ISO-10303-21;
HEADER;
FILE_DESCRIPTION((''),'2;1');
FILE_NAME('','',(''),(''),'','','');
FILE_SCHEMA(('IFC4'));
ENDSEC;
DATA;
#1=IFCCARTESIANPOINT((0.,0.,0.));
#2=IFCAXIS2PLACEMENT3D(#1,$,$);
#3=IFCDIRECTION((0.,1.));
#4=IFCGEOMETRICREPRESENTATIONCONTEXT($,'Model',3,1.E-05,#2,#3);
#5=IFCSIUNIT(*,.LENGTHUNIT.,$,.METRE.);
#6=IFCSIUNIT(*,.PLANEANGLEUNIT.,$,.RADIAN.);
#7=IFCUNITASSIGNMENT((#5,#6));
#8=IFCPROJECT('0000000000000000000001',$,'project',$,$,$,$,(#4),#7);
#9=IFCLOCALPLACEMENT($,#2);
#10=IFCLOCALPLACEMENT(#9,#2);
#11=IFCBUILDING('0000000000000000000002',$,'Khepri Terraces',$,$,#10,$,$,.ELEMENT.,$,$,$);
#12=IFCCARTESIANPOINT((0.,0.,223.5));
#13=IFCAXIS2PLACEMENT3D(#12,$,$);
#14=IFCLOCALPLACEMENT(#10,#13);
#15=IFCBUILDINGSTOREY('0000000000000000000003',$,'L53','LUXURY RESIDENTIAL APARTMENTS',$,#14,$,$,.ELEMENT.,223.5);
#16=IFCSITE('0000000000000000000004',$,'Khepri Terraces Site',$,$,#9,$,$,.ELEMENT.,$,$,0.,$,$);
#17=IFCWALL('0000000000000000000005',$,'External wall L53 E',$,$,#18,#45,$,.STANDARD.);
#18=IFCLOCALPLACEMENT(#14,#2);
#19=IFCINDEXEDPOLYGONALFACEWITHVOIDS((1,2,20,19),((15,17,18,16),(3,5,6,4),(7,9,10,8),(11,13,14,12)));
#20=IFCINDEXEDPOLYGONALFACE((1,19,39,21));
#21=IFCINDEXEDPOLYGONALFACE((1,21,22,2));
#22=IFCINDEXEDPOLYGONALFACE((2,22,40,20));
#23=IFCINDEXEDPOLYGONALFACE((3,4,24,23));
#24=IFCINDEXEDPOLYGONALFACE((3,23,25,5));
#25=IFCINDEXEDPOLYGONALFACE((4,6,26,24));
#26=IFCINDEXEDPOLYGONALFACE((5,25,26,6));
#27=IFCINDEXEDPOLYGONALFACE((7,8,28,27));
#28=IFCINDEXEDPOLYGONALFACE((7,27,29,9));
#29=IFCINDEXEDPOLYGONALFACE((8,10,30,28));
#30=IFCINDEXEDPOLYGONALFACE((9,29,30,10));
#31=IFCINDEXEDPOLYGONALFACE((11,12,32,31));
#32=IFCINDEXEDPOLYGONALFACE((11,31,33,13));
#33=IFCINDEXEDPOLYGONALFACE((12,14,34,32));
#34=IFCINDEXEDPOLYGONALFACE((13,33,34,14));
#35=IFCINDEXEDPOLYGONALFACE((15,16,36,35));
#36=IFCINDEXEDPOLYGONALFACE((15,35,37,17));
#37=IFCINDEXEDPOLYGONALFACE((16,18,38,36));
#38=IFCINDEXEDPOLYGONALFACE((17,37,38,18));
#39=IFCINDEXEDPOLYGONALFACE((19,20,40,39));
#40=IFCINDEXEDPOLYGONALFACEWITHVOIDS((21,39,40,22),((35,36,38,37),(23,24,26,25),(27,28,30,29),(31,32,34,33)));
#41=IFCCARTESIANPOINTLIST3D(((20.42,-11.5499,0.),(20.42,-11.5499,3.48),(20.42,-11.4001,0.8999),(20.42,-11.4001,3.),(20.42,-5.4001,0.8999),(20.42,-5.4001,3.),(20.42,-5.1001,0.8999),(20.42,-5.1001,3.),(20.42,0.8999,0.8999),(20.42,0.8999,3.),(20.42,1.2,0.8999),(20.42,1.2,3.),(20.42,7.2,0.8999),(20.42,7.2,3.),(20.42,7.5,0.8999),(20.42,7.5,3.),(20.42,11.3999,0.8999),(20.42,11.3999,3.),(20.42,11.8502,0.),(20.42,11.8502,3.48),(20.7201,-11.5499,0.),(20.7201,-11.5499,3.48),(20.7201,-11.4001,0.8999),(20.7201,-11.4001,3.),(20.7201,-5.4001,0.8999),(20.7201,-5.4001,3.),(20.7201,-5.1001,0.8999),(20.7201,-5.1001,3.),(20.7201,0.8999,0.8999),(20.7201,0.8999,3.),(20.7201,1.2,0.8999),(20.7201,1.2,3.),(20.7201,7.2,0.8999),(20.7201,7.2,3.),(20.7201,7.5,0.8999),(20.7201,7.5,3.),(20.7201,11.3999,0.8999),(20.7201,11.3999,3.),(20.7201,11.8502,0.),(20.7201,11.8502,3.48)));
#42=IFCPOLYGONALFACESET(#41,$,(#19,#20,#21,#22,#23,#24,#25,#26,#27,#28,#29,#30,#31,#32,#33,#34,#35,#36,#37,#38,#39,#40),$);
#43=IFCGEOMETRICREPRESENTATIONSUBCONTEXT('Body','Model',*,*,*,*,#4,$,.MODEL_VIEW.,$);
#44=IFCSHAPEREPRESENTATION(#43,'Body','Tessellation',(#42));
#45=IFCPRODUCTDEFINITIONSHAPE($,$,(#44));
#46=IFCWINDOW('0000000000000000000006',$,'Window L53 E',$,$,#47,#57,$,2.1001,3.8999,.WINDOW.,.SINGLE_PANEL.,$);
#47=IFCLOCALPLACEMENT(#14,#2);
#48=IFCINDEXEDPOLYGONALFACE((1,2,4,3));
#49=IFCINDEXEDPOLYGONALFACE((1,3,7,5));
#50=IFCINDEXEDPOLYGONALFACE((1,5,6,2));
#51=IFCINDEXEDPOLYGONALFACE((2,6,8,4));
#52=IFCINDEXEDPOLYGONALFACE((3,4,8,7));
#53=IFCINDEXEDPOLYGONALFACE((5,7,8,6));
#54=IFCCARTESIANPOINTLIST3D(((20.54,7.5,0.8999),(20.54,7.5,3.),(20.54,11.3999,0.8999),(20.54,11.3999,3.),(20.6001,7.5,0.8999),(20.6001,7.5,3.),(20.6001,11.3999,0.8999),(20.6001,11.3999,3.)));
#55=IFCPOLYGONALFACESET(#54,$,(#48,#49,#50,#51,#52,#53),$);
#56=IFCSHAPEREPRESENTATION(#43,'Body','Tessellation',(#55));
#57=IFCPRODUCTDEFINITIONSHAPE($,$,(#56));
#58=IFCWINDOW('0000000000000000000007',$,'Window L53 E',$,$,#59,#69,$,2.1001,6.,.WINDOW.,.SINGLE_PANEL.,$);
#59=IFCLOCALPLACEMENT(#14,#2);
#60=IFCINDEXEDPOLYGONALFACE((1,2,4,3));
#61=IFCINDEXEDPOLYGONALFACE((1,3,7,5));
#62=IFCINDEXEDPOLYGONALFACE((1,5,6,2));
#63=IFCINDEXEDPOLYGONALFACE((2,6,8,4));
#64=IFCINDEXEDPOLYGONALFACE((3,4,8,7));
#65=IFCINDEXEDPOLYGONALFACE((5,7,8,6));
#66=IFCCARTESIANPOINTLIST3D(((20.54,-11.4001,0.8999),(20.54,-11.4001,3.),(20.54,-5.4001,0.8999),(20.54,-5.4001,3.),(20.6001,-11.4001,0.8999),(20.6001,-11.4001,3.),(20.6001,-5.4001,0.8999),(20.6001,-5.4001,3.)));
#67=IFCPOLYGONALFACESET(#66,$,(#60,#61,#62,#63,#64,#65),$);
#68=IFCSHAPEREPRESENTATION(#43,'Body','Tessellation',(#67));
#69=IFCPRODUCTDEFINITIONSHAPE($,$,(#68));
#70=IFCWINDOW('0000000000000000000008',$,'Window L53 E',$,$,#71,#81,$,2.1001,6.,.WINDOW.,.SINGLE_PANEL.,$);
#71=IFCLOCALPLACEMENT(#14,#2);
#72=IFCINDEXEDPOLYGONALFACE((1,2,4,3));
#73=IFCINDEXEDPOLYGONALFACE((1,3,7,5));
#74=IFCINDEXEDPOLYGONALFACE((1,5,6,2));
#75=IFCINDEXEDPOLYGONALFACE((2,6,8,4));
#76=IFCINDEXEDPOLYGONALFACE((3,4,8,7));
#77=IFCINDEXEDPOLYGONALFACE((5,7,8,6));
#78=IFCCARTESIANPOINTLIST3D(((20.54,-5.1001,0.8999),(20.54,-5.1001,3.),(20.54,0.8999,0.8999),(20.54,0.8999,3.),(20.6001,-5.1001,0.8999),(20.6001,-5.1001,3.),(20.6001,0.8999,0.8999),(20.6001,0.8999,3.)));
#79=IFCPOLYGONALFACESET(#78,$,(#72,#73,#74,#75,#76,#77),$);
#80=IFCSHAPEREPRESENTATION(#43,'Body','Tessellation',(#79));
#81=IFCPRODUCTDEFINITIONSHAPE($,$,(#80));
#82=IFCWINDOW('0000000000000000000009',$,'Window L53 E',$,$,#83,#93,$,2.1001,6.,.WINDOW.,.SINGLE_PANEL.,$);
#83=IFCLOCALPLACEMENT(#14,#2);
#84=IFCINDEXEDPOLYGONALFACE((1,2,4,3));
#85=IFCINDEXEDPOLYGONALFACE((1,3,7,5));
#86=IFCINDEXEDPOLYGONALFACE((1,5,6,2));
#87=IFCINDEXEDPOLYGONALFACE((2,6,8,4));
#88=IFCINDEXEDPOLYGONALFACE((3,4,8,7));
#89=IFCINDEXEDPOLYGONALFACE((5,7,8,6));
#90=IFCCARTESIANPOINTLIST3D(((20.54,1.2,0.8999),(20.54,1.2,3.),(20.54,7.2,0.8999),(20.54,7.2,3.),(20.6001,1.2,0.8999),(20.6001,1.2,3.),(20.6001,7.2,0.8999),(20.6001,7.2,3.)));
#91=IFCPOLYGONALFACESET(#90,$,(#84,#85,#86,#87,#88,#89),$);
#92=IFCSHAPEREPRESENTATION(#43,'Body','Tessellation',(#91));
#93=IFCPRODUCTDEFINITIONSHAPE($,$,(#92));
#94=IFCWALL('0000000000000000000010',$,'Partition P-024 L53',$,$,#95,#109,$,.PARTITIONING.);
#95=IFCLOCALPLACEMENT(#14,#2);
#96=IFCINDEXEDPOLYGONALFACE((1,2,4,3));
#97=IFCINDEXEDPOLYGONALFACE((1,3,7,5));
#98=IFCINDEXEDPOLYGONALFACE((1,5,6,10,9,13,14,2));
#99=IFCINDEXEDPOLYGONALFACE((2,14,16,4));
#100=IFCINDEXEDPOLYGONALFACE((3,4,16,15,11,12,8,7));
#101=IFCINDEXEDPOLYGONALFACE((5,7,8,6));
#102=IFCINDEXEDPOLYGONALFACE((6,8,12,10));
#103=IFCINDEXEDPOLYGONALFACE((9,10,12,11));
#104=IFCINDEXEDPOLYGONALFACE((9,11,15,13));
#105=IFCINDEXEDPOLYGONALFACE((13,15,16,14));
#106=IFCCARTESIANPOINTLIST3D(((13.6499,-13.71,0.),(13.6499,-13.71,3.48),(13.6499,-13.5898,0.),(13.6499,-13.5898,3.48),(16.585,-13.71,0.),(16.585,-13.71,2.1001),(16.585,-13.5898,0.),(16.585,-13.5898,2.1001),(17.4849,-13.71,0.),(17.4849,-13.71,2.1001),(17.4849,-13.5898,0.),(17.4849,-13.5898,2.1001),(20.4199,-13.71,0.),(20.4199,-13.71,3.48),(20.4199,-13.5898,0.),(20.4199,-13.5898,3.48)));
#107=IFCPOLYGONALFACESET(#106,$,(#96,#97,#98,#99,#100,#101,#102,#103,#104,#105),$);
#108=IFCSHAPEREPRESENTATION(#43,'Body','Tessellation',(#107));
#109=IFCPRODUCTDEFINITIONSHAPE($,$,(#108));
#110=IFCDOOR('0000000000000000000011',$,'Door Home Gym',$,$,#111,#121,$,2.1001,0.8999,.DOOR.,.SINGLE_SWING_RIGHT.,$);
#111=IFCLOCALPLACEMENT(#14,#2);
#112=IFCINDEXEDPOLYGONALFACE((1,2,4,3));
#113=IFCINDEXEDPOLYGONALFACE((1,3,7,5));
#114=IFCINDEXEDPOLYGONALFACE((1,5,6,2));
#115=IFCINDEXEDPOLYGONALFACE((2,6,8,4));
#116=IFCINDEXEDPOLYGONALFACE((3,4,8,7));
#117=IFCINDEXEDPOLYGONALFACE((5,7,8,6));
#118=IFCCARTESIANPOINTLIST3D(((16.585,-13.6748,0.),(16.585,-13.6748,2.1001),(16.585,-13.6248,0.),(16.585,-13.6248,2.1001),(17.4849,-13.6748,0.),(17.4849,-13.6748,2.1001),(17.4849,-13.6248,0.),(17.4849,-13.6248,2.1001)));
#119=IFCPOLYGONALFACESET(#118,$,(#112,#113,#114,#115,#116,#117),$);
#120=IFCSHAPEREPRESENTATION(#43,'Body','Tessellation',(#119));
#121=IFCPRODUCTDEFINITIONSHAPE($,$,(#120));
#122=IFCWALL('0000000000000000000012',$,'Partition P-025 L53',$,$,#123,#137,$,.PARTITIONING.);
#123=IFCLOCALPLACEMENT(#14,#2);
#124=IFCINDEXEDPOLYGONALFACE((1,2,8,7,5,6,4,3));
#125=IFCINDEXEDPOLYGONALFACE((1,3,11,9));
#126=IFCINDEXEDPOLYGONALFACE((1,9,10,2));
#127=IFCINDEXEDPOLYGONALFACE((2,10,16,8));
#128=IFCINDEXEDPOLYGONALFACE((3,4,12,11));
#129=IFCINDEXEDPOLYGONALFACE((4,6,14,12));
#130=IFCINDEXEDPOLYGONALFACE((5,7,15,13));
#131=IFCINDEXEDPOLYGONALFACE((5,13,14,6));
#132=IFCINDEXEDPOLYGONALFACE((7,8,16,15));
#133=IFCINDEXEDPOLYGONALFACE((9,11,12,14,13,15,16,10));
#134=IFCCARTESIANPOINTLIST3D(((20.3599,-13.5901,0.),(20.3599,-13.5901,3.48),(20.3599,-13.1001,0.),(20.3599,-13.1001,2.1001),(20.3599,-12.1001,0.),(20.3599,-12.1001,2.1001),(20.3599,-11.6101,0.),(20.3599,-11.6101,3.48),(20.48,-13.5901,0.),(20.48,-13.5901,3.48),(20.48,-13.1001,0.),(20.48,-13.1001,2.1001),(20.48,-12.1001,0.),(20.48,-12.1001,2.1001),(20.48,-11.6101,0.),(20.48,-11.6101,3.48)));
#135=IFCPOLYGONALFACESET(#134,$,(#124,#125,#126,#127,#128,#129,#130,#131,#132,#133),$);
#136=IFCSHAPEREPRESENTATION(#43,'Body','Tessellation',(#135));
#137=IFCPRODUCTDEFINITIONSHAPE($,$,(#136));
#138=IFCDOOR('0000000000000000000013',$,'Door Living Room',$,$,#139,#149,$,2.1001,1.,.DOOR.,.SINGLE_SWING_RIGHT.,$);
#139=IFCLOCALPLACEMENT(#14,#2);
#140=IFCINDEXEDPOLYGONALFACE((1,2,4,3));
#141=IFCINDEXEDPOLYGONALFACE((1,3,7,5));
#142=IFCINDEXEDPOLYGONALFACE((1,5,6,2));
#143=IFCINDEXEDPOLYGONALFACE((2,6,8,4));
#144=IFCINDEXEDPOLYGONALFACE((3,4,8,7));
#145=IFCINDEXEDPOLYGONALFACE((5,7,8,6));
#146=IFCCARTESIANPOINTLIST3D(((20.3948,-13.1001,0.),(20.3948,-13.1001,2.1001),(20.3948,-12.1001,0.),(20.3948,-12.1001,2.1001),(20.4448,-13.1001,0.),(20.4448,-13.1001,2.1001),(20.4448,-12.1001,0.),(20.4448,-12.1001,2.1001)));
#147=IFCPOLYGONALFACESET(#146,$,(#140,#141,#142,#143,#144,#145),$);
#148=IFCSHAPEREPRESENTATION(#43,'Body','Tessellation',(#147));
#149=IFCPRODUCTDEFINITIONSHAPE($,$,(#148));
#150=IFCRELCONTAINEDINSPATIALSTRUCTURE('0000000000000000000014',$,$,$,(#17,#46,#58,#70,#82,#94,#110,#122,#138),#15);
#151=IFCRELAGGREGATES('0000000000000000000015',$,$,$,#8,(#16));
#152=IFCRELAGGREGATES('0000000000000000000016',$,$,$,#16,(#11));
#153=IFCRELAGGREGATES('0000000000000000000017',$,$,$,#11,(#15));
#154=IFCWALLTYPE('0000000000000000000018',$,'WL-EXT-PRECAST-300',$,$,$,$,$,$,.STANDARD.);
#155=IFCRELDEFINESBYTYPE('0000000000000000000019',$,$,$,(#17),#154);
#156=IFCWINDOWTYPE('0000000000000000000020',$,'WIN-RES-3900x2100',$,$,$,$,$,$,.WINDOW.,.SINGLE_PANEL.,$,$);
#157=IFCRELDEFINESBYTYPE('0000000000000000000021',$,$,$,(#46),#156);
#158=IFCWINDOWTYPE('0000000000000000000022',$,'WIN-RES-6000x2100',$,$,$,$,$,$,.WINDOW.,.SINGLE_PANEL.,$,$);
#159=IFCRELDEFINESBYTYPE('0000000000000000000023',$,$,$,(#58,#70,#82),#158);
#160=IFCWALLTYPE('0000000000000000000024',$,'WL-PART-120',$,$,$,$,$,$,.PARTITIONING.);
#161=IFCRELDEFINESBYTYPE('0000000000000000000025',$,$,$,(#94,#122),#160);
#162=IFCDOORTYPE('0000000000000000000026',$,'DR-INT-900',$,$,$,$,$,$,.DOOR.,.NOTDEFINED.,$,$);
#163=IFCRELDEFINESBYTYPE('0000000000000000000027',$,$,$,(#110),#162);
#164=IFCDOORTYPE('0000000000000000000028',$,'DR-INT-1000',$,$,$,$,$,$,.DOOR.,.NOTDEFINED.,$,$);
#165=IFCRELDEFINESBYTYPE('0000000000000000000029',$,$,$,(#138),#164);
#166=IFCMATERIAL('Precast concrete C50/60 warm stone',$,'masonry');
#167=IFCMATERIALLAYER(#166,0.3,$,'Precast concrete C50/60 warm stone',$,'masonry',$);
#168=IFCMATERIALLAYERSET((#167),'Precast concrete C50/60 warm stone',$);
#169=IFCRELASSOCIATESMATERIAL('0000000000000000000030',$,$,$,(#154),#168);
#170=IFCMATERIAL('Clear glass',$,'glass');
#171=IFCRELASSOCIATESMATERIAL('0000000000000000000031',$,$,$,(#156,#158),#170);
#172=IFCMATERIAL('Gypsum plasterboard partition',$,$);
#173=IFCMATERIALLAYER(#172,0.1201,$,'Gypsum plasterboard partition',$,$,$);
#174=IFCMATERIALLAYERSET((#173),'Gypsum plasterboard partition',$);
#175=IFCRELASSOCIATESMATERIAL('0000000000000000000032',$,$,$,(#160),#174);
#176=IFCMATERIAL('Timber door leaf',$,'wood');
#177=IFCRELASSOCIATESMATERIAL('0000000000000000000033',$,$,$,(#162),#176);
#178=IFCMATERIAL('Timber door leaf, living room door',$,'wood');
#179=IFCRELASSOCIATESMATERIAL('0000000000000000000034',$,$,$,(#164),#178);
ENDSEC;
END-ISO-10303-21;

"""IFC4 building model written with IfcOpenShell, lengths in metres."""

from ifc_helpers import new_model, si_unit, direction, frame, frame_2d, origin, place, context, subcontext, project, spatial, rectangle, extrude, material, layer, layer_set, type_object, element, fill, save


model = new_model("IFC4")

# Units and contexts
model_context = context("Model", 3, precision=1e-05, world=origin(), true_north=direction((0.0, 1.0)))
body_context = subcontext(model_context, "Body", "Model", "MODEL_VIEW")
ifc_project = project(units=[si_unit("LENGTHUNIT", "METRE"), si_unit("PLANEANGLEUNIT", "RADIAN")], contexts=[model_context])

# Site, building, storey
site_placement = place(None, origin())
site = spatial("IfcSite", under=ifc_project, at=site_placement, Name="Khepri Terraces Site", CompositionType="ELEMENT", RefElevation=0.0)
building_placement = place(site_placement, origin())
building = spatial("IfcBuilding", under=site, at=building_placement, Name="Khepri Terraces", CompositionType="ELEMENT")
storey_placement = place(building_placement, frame((0.0, 0.0, 223.5)))
storey = spatial("IfcBuildingStorey", under=building, at=storey_placement, Name="L53", Description="LUXURY RESIDENTIAL APARTMENTS", CompositionType="ELEMENT", Elevation=223.5)

# Shared definitions
ifc_material_1 = material(Name="Precast concrete C50/60 warm stone", Category="masonry")
ifc_layer_1 = layer(ifc_material_1, 0.3, Name="Precast concrete C50/60 warm stone", Category="masonry")
ifc_layer_set_1 = layer_set([ifc_layer_1], Name="Precast concrete C50/60 warm stone")
wall_type_1 = type_object("IfcWallType", Name="WL-EXT-PRECAST-300", PredefinedType="STANDARD", material=ifc_layer_set_1)

# Shared definitions
ifc_material_2 = material(Name="Clear glass", Category="glass")

# Wall, openings, windows
wall_1_placement = place(storey_placement, frame((20.5701, -11.55, 0.0), z_axis=(0.0, 0.0, 1.0), x_axis=(0.0, 1.0, 0.0)))
wall_1 = element("IfcWall", 1, at=wall_1_placement, inside=storey, type_object=wall_type_1, Name="External wall L53 E", PredefinedType="STANDARD", context=body_context, shape_type="SweptSolid", body=[
    extrude(rectangle(XDim=23.4001, YDim=0.3, at=frame_2d((11.7002, 0.0))), origin(), (0.0, 0.0, 1.0), 3.48),
])
opening_1_placement = place(wall_1_placement, frame((0.1499, 0.0, 0.8999)))
opening_1 = element("IfcOpeningElement", 2, at=opening_1_placement, cuts=wall_1, PredefinedType="OPENING", context=body_context, shape_type="SweptSolid", body=[
    extrude(rectangle(XDim=6.0, YDim=2.1001, at=frame_2d((3.0, 1.05))), frame((0.0, 0.1602, 0.0), z_axis=(0.0, -1.0, 0.0), x_axis=(1.0, 0.0, 0.0)), (0.0, 0.0, 1.0), 0.3201),
])
opening_2_placement = place(wall_1_placement, frame((6.45, 0.0, 0.8999)))
opening_2 = element("IfcOpeningElement", 3, at=opening_2_placement, cuts=wall_1, PredefinedType="OPENING", context=body_context, shape_type="SweptSolid", body=[
    extrude(rectangle(XDim=6.0, YDim=2.1001, at=frame_2d((3.0, 1.05))), frame((0.0, 0.1602, 0.0), z_axis=(0.0, -1.0, 0.0), x_axis=(1.0, 0.0, 0.0)), (0.0, 0.0, 1.0), 0.3201),
])
opening_3_placement = place(wall_1_placement, frame((12.75, 0.0, 0.8999)))
opening_3 = element("IfcOpeningElement", 4, at=opening_3_placement, cuts=wall_1, PredefinedType="OPENING", context=body_context, shape_type="SweptSolid", body=[
    extrude(rectangle(XDim=6.0, YDim=2.1001, at=frame_2d((3.0, 1.05))), frame((0.0, 0.1602, 0.0), z_axis=(0.0, -1.0, 0.0), x_axis=(1.0, 0.0, 0.0)), (0.0, 0.0, 1.0), 0.3201),
])
opening_4_placement = place(wall_1_placement, frame((19.05, 0.0, 0.8999)))
opening_4 = element("IfcOpeningElement", 5, at=opening_4_placement, cuts=wall_1, PredefinedType="OPENING", context=body_context, shape_type="SweptSolid", body=[
    extrude(rectangle(XDim=3.8999, YDim=2.1001, at=frame_2d((1.95, 1.05))), frame((0.0, 0.1602, 0.0), z_axis=(0.0, -1.0, 0.0), x_axis=(1.0, 0.0, 0.0)), (0.0, 0.0, 1.0), 0.3201),
])
window_type_1 = type_object("IfcWindowType", Name="WIN-RES-3900x2100", PartitioningType="SINGLE_PANEL", PredefinedType="WINDOW", material=ifc_material_2)
window_1_placement = place(opening_4_placement, origin())
window_1 = element("IfcWindow", 6, at=window_1_placement, inside=storey, type_object=window_type_1, Name="Window L53 E", OverallHeight=2.1001, OverallWidth=3.8999, PartitioningType="SINGLE_PANEL", PredefinedType="WINDOW", context=body_context, shape_type="SweptSolid", body=[
    extrude(rectangle(XDim=3.8999, YDim=2.1001, at=frame_2d((1.95, 1.05))), frame((0.0, 0.03, 0.0), z_axis=(0.0, -1.0, 0.0), x_axis=(1.0, 0.0, 0.0)), (0.0, 0.0, 1.0), 0.0601),
])
fill(opening_4, window_1)
window_type_2 = type_object("IfcWindowType", Name="WIN-RES-6000x2100", PartitioningType="SINGLE_PANEL", PredefinedType="WINDOW", material=ifc_material_2)
window_2_placement = place(opening_1_placement, origin())
window_2 = element("IfcWindow", 7, at=window_2_placement, inside=storey, type_object=window_type_2, Name="Window L53 E", OverallHeight=2.1001, OverallWidth=6.0, PartitioningType="SINGLE_PANEL", PredefinedType="WINDOW", context=body_context, shape_type="SweptSolid", body=[
    extrude(rectangle(XDim=6.0, YDim=2.1001, at=frame_2d((3.0, 1.05))), frame((0.0, 0.03, 0.0), z_axis=(0.0, -1.0, 0.0), x_axis=(1.0, 0.0, 0.0)), (0.0, 0.0, 1.0), 0.0601),
])
fill(opening_1, window_2)
window_3_placement = place(opening_2_placement, origin())
window_3 = element("IfcWindow", 8, at=window_3_placement, inside=storey, type_object=window_type_2, Name="Window L53 E", OverallHeight=2.1001, OverallWidth=6.0, PartitioningType="SINGLE_PANEL", PredefinedType="WINDOW", context=body_context, shape_type="SweptSolid", body=[
    extrude(rectangle(XDim=6.0, YDim=2.1001, at=frame_2d((3.0, 1.05))), frame((0.0, 0.03, 0.0), z_axis=(0.0, -1.0, 0.0), x_axis=(1.0, 0.0, 0.0)), (0.0, 0.0, 1.0), 0.0601),
])
fill(opening_2, window_3)
window_4_placement = place(opening_3_placement, origin())
window_4 = element("IfcWindow", 9, at=window_4_placement, inside=storey, type_object=window_type_2, Name="Window L53 E", OverallHeight=2.1001, OverallWidth=6.0, PartitioningType="SINGLE_PANEL", PredefinedType="WINDOW", context=body_context, shape_type="SweptSolid", body=[
    extrude(rectangle(XDim=6.0, YDim=2.1001, at=frame_2d((3.0, 1.05))), frame((0.0, 0.03, 0.0), z_axis=(0.0, -1.0, 0.0), x_axis=(1.0, 0.0, 0.0)), (0.0, 0.0, 1.0), 0.0601),
])
fill(opening_3, window_4)

# Walls, openings, doors
ifc_material_3 = material(Name="Gypsum plasterboard partition")
ifc_layer_2 = layer(ifc_material_3, 0.1201, Name="Gypsum plasterboard partition")
ifc_layer_set_2 = layer_set([ifc_layer_2], Name="Gypsum plasterboard partition")
wall_type_2 = type_object("IfcWallType", Name="WL-PART-120", PredefinedType="PARTITIONING", material=ifc_layer_set_2)
wall_2_placement = place(storey_placement, frame((13.6499, -13.6499, 0.0), z_axis=(0.0, 0.0, 1.0), x_axis=(1.0, 0.0, 0.0)))
wall_2 = element("IfcWall", 10, at=wall_2_placement, inside=storey, type_object=wall_type_2, Name="Partition P-024 L53", PredefinedType="PARTITIONING", context=body_context, shape_type="SweptSolid", body=[
    extrude(rectangle(XDim=6.77, YDim=0.1201, at=frame_2d((3.385, 0.0))), origin(), (0.0, 0.0, 1.0), 3.48),
])
opening_5_placement = place(wall_2_placement, frame((2.9351, 0.0, 0.0)))
opening_5 = element("IfcOpeningElement", 11, at=opening_5_placement, cuts=wall_2, PredefinedType="OPENING", context=body_context, shape_type="SweptSolid", body=[
    extrude(rectangle(XDim=0.8999, YDim=2.1001, at=frame_2d((0.45, 1.05))), frame((0.0, 0.0701, 0.0), z_axis=(0.0, -1.0, 0.0), x_axis=(1.0, 0.0, 0.0)), (0.0, 0.0, 1.0), 0.1401),
])
ifc_material_4 = material(Name="Timber door leaf", Category="wood")
door_type_1 = type_object("IfcDoorType", Name="DR-INT-900", OperationType="NOTDEFINED", PredefinedType="DOOR", material=ifc_material_4)
door_1_placement = place(opening_5_placement, frame((0.8999, 0.0, 0.0), z_axis=(0.0, 0.0, 1.0), x_axis=(-1.0, 0.0, 0.0)))
door_1 = element("IfcDoor", 12, at=door_1_placement, inside=storey, type_object=door_type_1, Name="Door Home Gym", OperationType="SINGLE_SWING_RIGHT", OverallHeight=2.1001, OverallWidth=0.8999, PredefinedType="DOOR", context=body_context, shape_type="SweptSolid", body=[
    extrude(rectangle(XDim=0.8999, YDim=2.1001, at=frame_2d((0.45, 1.05))), frame((0.0, 0.0249, 0.0), z_axis=(0.0, -1.0, 0.0), x_axis=(1.0, 0.0, 0.0)), (0.0, 0.0, 1.0), 0.05),
])
fill(opening_5, door_1)
wall_3_placement = place(storey_placement, frame((20.4199, -13.5901, 0.0), z_axis=(0.0, 0.0, 1.0), x_axis=(0.0, 1.0, 0.0)))
wall_3 = element("IfcWall", 13, at=wall_3_placement, inside=storey, type_object=wall_type_2, Name="Partition P-025 L53", PredefinedType="PARTITIONING", context=body_context, shape_type="SweptSolid", body=[
    extrude(rectangle(XDim=1.98, YDim=0.1201, at=frame_2d((0.99, 0.0))), origin(), (0.0, 0.0, 1.0), 3.48),
])
opening_6_placement = place(wall_3_placement, frame((0.49, 0.0, 0.0)))
opening_6 = element("IfcOpeningElement", 14, at=opening_6_placement, cuts=wall_3, PredefinedType="OPENING", context=body_context, shape_type="SweptSolid", body=[
    extrude(rectangle(XDim=1.0, YDim=2.1001, at=frame_2d((0.5, 1.05))), frame((0.0, 0.0701, 0.0), z_axis=(0.0, -1.0, 0.0), x_axis=(1.0, 0.0, 0.0)), (0.0, 0.0, 1.0), 0.1401),
])
ifc_material_5 = material(Name="Timber door leaf, living room door", Category="wood")
door_type_2 = type_object("IfcDoorType", Name="DR-INT-1000", OperationType="NOTDEFINED", PredefinedType="DOOR", material=ifc_material_5)
door_2_placement = place(opening_6_placement, frame((1.0, 0.0, 0.0), z_axis=(0.0, 0.0, 1.0), x_axis=(-1.0, 0.0, 0.0)))
door_2 = element("IfcDoor", 15, at=door_2_placement, inside=storey, type_object=door_type_2, Name="Door Living Room", OperationType="SINGLE_SWING_RIGHT", OverallHeight=2.1001, OverallWidth=1.0, PredefinedType="DOOR", context=body_context, shape_type="SweptSolid", body=[
    extrude(rectangle(XDim=1.0, YDim=2.1001, at=frame_2d((0.5, 1.05))), frame((0.0, 0.0249, 0.0), z_axis=(0.0, -1.0, 0.0), x_axis=(1.0, 0.0, 0.0)), (0.0, 0.0, 1.0), 0.05),
])
fill(opening_6, door_2)

save(model, "model.ifc")
